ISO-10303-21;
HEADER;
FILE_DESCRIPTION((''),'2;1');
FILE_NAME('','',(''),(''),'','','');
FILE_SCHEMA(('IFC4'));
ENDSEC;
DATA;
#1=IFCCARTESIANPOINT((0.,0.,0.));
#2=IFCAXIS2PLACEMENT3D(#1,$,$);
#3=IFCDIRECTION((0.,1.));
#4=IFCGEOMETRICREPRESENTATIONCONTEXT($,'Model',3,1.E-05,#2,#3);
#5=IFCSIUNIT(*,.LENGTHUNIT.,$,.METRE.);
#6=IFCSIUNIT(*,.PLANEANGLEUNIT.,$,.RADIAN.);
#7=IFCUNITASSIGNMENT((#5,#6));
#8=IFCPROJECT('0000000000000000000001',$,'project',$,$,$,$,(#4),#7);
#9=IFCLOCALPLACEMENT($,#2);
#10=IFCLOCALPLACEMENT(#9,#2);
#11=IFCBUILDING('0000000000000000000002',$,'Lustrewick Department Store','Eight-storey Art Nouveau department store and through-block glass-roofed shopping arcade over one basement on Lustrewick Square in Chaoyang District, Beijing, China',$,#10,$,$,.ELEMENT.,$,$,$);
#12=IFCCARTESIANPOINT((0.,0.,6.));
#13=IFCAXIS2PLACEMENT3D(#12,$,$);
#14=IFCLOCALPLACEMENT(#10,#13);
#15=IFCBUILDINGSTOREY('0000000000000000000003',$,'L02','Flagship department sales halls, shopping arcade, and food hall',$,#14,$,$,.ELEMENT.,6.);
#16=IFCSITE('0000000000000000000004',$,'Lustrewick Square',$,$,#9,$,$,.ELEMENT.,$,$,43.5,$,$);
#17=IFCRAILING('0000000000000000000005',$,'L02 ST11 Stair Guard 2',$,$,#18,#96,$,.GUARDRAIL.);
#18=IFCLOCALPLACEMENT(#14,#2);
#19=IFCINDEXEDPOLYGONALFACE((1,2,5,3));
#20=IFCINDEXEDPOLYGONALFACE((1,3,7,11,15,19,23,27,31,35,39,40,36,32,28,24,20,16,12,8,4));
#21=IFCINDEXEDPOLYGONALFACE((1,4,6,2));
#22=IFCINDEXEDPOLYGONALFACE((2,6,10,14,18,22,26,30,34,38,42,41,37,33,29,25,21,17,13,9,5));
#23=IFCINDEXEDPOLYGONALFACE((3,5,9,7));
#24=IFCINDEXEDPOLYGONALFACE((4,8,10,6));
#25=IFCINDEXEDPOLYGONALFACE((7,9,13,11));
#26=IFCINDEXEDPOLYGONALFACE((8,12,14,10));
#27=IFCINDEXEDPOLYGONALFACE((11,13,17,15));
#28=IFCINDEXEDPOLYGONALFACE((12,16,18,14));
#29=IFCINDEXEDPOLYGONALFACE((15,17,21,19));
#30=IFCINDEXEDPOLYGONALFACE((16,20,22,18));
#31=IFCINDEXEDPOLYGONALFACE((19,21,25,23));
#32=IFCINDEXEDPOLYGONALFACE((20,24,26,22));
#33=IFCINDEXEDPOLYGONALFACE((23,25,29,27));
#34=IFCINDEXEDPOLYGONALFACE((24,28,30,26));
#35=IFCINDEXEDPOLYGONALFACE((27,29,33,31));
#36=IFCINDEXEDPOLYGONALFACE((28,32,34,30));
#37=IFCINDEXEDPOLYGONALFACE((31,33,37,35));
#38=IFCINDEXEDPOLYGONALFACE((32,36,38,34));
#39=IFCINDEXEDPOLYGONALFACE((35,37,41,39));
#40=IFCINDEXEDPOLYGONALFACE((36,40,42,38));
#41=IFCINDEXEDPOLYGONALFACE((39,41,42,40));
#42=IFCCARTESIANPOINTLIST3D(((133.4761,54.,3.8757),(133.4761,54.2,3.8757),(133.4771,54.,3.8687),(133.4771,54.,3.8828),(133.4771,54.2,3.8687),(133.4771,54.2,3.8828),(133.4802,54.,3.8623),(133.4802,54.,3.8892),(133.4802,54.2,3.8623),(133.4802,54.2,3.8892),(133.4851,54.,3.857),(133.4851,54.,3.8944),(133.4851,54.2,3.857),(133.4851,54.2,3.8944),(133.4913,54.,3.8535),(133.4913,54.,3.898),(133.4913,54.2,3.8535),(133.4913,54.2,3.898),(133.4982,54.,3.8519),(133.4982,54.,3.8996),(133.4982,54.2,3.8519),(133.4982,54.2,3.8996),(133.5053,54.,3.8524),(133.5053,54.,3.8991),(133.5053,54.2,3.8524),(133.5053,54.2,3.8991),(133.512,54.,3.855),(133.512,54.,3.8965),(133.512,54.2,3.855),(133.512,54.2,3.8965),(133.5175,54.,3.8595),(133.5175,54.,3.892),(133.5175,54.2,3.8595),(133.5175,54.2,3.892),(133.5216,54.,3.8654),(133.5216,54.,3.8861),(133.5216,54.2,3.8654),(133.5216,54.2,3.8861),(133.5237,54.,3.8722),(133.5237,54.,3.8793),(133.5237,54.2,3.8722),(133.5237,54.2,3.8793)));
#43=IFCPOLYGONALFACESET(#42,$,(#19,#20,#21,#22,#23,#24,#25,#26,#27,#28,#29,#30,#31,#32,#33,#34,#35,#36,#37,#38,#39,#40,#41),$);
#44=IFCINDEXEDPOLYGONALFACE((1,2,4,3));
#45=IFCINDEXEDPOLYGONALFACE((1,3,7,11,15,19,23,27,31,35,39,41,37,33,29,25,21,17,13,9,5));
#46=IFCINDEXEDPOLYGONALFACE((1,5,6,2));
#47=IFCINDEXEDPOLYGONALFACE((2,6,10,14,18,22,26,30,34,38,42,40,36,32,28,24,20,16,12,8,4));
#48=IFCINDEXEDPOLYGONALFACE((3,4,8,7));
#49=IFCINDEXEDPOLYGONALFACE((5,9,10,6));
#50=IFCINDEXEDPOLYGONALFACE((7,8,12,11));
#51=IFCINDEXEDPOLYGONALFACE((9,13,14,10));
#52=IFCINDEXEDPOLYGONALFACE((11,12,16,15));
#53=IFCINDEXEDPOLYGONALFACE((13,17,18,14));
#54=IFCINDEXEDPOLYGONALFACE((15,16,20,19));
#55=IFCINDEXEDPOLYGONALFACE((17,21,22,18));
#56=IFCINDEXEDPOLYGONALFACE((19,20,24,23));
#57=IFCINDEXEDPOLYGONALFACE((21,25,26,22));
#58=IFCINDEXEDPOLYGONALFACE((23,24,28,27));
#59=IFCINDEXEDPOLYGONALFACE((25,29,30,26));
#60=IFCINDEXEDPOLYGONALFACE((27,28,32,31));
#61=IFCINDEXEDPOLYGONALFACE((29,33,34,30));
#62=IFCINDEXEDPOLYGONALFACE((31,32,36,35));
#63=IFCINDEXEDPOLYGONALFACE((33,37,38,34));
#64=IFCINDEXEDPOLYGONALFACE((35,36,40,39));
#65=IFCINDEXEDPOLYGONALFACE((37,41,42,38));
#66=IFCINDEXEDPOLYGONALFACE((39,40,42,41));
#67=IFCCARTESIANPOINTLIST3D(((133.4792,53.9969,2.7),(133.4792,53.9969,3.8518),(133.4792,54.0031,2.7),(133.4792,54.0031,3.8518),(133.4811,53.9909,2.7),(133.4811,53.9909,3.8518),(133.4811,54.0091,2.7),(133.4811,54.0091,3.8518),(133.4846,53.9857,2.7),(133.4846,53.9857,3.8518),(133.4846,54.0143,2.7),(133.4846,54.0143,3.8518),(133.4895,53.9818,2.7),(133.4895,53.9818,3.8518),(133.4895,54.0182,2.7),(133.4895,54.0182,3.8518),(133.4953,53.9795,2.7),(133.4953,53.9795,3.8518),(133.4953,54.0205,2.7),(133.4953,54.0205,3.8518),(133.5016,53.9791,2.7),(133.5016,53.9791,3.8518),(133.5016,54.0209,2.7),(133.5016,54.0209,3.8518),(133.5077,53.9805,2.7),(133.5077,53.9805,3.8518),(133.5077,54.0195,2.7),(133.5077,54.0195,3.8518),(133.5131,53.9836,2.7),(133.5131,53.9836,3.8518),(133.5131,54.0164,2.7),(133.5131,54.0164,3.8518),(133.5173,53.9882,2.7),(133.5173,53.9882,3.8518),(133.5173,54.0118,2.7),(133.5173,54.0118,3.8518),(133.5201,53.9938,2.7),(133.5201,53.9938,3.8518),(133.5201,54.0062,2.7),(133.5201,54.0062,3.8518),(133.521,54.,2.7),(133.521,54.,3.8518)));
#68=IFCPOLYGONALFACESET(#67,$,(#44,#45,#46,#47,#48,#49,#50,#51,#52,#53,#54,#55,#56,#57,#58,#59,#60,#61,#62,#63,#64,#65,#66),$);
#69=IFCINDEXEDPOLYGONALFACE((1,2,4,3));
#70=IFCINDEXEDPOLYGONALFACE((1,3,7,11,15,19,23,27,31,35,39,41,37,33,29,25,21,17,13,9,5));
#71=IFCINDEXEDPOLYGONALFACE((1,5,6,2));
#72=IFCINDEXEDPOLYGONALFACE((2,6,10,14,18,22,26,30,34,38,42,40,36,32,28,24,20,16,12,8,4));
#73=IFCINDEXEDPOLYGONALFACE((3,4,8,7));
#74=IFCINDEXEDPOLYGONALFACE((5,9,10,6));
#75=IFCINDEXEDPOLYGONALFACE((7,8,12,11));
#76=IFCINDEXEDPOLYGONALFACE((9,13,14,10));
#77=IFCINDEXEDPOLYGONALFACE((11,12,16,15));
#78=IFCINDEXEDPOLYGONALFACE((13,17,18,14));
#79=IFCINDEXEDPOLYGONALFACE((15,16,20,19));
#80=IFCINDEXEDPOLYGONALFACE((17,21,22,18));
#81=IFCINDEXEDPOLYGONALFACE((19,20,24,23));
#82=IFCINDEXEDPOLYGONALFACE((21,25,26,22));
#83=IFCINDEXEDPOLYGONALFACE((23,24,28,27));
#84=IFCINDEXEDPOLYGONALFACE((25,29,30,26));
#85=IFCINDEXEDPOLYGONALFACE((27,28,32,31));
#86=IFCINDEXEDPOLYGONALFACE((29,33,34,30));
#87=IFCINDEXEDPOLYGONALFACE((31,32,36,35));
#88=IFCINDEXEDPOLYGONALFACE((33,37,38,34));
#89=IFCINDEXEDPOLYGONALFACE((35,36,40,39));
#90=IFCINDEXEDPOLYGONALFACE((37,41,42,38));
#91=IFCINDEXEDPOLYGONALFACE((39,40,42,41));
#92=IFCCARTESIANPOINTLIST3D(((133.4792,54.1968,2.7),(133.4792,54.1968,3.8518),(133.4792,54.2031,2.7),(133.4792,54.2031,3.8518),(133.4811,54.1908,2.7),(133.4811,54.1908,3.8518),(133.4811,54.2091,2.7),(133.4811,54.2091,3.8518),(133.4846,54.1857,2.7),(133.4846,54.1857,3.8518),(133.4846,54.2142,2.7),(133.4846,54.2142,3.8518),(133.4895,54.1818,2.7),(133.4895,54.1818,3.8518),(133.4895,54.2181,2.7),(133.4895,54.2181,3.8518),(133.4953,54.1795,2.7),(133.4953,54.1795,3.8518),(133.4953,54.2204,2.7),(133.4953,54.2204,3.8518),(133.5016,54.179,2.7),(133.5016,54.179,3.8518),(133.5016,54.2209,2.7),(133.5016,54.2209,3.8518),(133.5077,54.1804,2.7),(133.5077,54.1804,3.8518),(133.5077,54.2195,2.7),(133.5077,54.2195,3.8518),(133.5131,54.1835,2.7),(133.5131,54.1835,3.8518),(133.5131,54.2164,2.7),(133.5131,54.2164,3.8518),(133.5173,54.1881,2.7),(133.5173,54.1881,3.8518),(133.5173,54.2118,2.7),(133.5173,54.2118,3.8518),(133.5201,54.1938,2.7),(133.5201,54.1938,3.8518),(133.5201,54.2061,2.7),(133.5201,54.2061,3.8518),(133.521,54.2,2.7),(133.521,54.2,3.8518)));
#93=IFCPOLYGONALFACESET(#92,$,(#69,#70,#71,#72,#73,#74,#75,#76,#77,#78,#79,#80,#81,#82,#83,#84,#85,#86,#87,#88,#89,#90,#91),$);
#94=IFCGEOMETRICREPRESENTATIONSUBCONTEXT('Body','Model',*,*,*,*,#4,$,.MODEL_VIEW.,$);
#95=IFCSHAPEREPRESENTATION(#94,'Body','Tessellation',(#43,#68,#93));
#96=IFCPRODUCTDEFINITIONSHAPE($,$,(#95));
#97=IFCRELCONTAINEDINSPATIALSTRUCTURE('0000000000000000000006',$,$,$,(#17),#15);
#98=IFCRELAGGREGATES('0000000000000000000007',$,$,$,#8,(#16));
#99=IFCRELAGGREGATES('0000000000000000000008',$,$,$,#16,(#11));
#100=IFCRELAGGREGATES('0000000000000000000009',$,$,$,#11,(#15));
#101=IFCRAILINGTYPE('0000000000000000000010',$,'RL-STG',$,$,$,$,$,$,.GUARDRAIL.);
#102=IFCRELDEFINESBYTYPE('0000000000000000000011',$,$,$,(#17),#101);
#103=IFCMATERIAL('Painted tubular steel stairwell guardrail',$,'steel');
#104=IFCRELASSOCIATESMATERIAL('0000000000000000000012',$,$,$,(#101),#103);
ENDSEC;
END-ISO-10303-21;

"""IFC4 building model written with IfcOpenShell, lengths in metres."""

from ifc_helpers import new_model, si_unit, direction, frame, origin, origin_2d, place, context, subcontext, project, spatial, circle, extrude, material, type_object, element, save


model = new_model("IFC4")

# Units and contexts
model_context = context("Model", 3, precision=1e-05, world=origin(), true_north=direction((0.0, 1.0)))
body_context = subcontext(model_context, "Body", "Model", "MODEL_VIEW")
ifc_project = project(units=[si_unit("LENGTHUNIT", "METRE"), si_unit("PLANEANGLEUNIT", "RADIAN")], contexts=[model_context])

# Site, building, storey
site_placement = place(None, origin())
site = spatial("IfcSite", under=ifc_project, at=site_placement, Name="Lustrewick Square", CompositionType="ELEMENT", RefElevation=43.5)
building_placement = place(site_placement, origin())
building = spatial("IfcBuilding", under=site, at=building_placement, Name="Lustrewick Department Store", Description="Eight-storey Art Nouveau department store and through-block glass-roofed shopping arcade over one basement on Lustrewick Square in Chaoyang District, Beijing, China", CompositionType="ELEMENT")
storey_placement = place(building_placement, frame((0.0, 0.0, 6.0)))
storey = spatial("IfcBuildingStorey", under=building, at=storey_placement, Name="L02", Description="Flagship department sales halls, shopping arcade, and food hall", CompositionType="ELEMENT", Elevation=6.0)

# Railing
ifc_material_1 = material(Name="Painted tubular steel stairwell guardrail", Category="steel")
railing_type_1 = type_object("IfcRailingType", Name="RL-STG", PredefinedType="GUARDRAIL", material=ifc_material_1)
railing_1_placement = place(storey_placement, frame((133.5, 54.0, 2.7)))
element("IfcRailing", 1, at=railing_1_placement, inside=storey, type_object=railing_type_1, Name="L02 ST11 Stair Guard 2", PredefinedType="GUARDRAIL", context=body_context, shape_type="SweptSolid", body=[
    extrude(circle(Radius=0.0239, at=origin_2d()), frame((0.0, 0.0, 1.1758), z_axis=(0.0, 1.0, 0.0), x_axis=(-1.0, 0.0, 0.0)), (0.0, 0.0, 1.0), 0.2),
    extrude(circle(Radius=0.021, at=origin_2d()), origin(), (0.0, 0.0, 1.0), 1.1519),
    extrude(circle(Radius=0.021, at=origin_2d()), frame((0.0, 0.2, 0.0)), (0.0, 0.0, 1.0), 1.1519),
])

save(model, "model.ifc")
